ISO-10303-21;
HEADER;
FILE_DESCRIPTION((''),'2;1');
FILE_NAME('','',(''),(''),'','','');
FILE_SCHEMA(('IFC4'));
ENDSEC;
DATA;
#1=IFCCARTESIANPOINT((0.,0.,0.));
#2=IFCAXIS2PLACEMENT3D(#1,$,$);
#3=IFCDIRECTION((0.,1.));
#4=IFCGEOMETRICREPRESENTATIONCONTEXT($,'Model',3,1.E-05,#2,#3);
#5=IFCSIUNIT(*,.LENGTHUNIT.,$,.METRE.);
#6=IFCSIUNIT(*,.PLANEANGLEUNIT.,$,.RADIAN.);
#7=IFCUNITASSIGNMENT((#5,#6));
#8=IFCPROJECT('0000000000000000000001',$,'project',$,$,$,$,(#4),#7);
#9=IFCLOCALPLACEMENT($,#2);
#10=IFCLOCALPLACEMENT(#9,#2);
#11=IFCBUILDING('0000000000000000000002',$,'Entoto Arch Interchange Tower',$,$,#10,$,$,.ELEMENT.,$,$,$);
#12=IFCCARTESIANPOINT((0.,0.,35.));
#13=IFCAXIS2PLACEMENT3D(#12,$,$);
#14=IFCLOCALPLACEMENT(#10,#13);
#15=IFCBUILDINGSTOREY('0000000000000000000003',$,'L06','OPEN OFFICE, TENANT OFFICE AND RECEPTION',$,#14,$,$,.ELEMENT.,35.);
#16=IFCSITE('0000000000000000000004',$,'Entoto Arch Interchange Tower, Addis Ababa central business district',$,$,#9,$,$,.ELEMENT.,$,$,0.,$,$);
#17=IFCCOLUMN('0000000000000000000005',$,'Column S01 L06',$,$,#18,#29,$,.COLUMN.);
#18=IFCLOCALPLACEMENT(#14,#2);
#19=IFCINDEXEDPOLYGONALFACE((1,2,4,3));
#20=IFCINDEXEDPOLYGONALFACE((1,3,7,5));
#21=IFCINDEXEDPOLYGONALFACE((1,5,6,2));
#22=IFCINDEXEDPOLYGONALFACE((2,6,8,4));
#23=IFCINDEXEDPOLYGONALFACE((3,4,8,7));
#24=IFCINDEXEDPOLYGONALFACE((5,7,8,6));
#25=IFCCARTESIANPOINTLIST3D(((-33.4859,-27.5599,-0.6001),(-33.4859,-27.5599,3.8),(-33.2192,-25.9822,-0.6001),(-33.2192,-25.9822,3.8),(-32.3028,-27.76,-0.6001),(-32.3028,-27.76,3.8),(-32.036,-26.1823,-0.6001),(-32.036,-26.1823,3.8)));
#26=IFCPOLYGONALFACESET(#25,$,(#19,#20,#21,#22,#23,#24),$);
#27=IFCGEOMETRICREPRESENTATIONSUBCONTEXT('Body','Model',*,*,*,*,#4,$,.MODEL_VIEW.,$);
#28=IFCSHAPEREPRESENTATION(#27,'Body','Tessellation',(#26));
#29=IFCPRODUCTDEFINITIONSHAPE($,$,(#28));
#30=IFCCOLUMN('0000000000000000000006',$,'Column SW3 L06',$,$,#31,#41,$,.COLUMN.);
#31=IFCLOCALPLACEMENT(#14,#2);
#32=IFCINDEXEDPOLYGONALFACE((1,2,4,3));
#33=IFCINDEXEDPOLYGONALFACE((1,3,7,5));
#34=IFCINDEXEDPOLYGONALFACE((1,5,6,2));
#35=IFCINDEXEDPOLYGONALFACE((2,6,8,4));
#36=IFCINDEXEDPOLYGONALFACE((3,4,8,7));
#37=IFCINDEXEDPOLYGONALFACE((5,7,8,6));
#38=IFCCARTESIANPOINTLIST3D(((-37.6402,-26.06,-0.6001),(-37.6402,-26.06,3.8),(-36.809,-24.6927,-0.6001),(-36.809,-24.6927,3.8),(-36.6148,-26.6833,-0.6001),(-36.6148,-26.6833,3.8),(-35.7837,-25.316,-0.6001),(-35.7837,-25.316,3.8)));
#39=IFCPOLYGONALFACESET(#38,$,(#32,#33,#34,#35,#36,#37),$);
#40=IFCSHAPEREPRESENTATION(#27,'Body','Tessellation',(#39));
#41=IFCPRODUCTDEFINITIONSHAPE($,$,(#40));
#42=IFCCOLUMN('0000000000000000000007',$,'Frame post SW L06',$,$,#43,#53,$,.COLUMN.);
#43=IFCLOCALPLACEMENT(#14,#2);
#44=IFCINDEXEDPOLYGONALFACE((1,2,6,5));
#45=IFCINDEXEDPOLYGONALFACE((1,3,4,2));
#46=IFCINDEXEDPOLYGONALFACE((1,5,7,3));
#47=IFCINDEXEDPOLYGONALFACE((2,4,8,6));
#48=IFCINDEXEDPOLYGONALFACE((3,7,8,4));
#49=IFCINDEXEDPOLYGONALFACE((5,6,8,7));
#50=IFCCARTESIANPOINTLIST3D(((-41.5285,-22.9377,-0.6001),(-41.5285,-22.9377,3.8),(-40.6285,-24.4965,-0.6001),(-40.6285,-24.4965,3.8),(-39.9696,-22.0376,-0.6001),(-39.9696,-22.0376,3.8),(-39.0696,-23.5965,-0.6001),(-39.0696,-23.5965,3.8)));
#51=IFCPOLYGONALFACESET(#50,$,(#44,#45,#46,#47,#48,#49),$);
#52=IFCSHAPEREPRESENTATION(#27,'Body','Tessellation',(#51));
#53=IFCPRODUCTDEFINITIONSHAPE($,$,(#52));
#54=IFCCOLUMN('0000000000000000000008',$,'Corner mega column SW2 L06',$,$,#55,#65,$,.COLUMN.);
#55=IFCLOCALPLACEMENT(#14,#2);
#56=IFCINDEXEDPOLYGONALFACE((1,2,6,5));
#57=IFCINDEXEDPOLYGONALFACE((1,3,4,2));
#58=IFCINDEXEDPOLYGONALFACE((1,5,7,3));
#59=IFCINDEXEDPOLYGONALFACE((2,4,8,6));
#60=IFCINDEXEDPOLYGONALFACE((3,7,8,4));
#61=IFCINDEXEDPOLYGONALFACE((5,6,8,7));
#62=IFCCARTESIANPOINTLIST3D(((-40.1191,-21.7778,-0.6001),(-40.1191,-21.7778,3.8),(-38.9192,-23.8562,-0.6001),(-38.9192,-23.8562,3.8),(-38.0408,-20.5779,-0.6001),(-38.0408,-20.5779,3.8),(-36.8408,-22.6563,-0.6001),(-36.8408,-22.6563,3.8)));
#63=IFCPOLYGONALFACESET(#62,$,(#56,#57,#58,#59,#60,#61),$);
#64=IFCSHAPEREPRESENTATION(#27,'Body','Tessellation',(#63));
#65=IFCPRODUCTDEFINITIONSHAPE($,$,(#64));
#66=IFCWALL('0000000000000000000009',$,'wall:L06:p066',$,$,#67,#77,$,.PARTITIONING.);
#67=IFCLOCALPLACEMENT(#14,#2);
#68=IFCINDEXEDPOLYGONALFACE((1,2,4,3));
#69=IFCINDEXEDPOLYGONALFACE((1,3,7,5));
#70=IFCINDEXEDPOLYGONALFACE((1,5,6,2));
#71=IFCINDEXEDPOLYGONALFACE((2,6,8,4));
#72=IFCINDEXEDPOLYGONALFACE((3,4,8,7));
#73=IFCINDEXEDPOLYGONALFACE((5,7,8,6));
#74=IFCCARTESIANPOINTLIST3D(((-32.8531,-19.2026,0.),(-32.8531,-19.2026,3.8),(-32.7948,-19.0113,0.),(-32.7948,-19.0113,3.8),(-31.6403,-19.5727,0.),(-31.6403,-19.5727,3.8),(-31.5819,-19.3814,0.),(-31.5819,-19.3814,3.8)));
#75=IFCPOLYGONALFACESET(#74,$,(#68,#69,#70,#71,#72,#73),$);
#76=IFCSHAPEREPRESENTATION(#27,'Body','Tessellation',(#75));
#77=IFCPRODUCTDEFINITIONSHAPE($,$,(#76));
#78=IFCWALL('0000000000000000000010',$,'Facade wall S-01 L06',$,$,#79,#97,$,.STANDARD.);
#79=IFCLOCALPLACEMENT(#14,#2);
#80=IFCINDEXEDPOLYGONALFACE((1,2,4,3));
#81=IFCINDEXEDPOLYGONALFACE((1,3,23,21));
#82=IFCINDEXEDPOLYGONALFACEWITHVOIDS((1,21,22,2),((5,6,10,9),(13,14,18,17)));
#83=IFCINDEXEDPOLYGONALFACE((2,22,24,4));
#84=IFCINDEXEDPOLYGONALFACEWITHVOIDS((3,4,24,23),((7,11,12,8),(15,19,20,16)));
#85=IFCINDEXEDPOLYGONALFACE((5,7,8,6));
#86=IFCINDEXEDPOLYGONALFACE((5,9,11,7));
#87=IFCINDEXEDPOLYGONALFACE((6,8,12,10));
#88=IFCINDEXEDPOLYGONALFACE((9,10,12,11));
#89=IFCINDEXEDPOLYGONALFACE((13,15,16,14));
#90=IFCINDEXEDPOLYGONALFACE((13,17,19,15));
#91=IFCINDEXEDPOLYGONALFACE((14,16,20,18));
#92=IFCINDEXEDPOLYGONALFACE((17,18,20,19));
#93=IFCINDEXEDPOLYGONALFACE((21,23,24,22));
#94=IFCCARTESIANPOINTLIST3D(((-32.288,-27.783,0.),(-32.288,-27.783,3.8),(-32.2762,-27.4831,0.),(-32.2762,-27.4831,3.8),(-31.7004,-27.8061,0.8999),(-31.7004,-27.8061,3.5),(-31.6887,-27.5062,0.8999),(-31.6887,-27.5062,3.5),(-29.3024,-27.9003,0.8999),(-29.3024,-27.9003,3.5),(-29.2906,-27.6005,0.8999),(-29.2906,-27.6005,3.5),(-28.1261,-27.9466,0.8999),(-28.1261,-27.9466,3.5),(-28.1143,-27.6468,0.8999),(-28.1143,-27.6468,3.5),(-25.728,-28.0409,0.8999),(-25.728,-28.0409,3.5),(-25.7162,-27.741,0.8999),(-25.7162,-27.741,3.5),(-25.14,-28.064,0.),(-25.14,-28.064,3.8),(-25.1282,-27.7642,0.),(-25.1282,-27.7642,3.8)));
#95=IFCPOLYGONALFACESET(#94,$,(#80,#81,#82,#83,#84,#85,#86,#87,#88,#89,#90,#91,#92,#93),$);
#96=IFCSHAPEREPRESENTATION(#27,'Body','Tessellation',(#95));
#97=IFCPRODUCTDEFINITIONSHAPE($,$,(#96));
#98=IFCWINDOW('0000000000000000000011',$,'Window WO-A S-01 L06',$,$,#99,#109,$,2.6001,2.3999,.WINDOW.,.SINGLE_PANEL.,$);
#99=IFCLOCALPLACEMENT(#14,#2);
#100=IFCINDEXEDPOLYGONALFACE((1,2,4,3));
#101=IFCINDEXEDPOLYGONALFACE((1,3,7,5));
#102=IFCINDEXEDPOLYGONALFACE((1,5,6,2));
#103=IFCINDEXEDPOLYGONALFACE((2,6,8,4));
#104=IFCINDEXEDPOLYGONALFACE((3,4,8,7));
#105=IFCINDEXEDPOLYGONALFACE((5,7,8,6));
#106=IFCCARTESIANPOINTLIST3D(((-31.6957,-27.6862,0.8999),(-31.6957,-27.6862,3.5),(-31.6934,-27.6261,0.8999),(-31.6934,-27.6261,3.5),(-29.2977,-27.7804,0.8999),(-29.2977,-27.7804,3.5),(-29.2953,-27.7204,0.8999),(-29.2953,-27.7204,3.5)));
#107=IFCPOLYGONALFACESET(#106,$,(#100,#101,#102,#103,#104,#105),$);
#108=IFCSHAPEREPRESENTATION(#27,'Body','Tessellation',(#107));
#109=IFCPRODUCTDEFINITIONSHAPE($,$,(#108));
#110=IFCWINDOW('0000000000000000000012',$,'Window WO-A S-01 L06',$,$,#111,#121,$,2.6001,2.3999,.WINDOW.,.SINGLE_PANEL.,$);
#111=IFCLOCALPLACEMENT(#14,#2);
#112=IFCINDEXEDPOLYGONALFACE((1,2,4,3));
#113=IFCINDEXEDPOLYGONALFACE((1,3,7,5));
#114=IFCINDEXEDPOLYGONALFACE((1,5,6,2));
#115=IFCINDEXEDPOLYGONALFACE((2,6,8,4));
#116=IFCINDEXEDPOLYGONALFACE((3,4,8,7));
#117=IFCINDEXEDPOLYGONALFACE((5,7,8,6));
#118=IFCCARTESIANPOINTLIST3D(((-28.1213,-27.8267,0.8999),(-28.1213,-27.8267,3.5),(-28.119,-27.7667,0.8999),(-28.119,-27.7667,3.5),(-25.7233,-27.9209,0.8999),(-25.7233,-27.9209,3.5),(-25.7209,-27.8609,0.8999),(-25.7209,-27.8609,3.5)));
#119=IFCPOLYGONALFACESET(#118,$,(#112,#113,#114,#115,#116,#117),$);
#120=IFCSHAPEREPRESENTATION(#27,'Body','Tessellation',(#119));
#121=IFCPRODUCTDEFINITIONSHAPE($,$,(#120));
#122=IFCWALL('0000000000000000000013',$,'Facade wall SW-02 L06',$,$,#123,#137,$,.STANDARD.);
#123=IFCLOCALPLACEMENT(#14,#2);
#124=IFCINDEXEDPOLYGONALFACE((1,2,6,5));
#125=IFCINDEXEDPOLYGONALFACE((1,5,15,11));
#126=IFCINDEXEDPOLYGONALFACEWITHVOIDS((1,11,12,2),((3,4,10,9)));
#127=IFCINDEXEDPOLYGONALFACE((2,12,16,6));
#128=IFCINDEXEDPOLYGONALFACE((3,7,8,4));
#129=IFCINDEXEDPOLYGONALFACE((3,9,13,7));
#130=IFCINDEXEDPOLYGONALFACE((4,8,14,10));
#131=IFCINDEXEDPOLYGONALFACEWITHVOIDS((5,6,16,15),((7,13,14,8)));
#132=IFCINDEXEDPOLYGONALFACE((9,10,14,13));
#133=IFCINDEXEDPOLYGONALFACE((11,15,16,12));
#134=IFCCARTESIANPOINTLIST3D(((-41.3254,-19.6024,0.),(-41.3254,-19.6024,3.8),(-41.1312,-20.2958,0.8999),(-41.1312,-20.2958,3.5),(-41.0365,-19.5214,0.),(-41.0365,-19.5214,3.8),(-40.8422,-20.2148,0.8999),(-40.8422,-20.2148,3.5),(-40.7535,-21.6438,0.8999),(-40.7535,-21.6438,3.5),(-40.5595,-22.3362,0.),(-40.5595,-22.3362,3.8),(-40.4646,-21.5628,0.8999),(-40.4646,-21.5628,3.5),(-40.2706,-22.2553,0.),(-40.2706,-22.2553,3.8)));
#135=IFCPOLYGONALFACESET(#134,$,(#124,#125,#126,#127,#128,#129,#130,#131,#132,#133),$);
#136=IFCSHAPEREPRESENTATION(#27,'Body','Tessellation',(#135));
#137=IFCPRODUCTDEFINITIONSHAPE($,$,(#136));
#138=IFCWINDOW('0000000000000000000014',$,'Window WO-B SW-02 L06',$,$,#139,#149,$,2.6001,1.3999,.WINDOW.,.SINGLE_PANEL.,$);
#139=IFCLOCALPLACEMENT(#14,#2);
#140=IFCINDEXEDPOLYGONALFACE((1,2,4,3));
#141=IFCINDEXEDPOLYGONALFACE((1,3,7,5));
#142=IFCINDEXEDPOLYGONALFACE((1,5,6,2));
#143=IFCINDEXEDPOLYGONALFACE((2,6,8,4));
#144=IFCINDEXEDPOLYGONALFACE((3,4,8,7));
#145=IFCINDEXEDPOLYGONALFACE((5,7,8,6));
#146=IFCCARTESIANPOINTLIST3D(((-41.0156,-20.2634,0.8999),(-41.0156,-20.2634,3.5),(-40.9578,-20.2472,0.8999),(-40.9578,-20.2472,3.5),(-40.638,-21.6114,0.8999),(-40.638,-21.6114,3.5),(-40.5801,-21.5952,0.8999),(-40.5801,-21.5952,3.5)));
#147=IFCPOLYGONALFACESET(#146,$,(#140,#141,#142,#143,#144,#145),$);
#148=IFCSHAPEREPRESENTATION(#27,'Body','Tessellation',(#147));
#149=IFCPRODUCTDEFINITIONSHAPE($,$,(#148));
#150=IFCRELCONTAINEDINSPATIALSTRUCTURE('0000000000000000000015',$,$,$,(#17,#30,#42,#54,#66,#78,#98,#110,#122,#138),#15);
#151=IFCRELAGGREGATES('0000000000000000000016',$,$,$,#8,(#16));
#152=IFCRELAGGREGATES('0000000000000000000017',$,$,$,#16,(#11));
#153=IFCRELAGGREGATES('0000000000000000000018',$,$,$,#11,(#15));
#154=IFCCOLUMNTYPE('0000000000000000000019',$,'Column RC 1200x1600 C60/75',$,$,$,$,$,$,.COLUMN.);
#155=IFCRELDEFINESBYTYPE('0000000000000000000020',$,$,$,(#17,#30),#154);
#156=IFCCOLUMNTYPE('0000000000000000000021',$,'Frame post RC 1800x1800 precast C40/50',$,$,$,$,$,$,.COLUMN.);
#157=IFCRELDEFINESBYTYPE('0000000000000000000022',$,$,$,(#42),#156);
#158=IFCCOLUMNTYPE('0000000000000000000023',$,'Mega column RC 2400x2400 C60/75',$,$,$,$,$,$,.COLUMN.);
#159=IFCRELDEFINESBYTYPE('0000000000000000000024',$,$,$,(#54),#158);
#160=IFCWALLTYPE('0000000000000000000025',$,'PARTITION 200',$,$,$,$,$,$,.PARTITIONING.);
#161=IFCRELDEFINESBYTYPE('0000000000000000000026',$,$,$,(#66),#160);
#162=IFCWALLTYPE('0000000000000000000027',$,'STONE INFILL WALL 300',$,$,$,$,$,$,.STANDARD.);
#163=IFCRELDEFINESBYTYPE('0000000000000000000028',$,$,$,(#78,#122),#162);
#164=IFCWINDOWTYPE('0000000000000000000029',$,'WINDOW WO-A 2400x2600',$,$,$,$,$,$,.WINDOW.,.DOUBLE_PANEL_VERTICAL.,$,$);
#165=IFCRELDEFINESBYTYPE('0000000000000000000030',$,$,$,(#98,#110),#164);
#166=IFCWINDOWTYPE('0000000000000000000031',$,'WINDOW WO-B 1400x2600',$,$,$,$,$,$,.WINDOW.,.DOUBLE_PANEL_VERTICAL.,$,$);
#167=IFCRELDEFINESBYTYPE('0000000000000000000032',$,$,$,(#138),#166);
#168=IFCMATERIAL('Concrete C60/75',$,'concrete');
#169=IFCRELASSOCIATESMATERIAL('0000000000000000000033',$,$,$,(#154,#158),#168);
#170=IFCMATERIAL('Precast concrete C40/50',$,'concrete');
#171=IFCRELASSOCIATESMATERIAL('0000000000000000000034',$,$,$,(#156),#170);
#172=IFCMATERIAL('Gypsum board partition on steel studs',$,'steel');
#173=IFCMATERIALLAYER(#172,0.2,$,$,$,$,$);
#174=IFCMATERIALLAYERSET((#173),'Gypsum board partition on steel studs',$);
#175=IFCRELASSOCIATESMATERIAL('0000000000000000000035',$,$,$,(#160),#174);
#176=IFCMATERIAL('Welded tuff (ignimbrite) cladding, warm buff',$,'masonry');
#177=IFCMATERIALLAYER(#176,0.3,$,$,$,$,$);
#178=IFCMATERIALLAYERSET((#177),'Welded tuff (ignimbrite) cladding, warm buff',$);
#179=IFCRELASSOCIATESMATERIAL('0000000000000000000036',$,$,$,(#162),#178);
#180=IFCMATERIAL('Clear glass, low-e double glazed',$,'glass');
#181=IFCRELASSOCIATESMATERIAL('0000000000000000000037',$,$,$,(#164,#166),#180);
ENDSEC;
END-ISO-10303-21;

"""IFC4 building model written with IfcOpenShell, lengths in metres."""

from ifc_helpers import new_model, si_unit, direction, frame, frame_2d, origin, origin_2d, place, context, subcontext, project, spatial, rectangle, extrude, material, layer, layer_set, material_profile, profile_set, type_object, element, fill, save


model = new_model("IFC4")

# Units and contexts
model_context = context("Model", 3, precision=1e-05, world=origin(), true_north=direction((0.0, 1.0)))
body_context = subcontext(model_context, "Body", "Model", "MODEL_VIEW")
ifc_project = project(units=[si_unit("LENGTHUNIT", "METRE"), si_unit("PLANEANGLEUNIT", "RADIAN")], contexts=[model_context])

# Site, building, storey
site_placement = place(None, origin())
site = spatial("IfcSite", under=ifc_project, at=site_placement, Name="Entoto Arch Interchange Tower, Addis Ababa central business district", CompositionType="ELEMENT", RefElevation=0.0)
building_placement = place(site_placement, origin())
building = spatial("IfcBuilding", under=site, at=building_placement, Name="Entoto Arch Interchange Tower", CompositionType="ELEMENT")
storey_placement = place(building_placement, frame((0.0, 0.0, 35.0)))
storey = spatial("IfcBuildingStorey", under=building, at=storey_placement, Name="L06", Description="OPEN OFFICE, TENANT OFFICE AND RECEPTION", CompositionType="ELEMENT", Elevation=35.0)

# Columns
ifc_material_1 = material(Name="Concrete C60/75", Category="concrete")
ifc_material_profile_1 = material_profile(ifc_material_1, rectangle(XDim=1.2, YDim=1.6001, at=origin_2d()))
ifc_profile_set_1 = profile_set([ifc_material_profile_1], Name="Concrete C60/75")
column_type_1 = type_object("IfcColumnType", Name="Column RC 1200x1600 C60/75", PredefinedType="COLUMN", material=ifc_profile_set_1)
for number, where, z_axis, x_axis, name in (
    (1, (-32.761, -26.8711, -0.6001), (0.0, 0.0, 1.0), (-0.986005, 0.166717, 0.0), "Column S01 L06"),
    (2, (-36.7119, -25.688, -0.6001), (0.0, 0.0, 1.0), (-0.854522, 0.519415, 0.0), "Column SW3 L06"),
):
    element("IfcColumn", number, at=place(storey_placement, frame(where, z_axis=z_axis, x_axis=x_axis)), inside=storey, type_object=column_type_1, Name=name, PredefinedType="COLUMN", context=body_context, shape_type="SweptSolid", body=[
        extrude(rectangle(XDim=1.2, YDim=1.6001, at=origin_2d()), origin(), (0.0, 0.0, 1.0), 4.4001),
    ])
ifc_material_2 = material(Name="Precast concrete C40/50", Category="concrete")
ifc_material_profile_2 = material_profile(ifc_material_2, rectangle(XDim=1.8, YDim=1.8, at=origin_2d()))
ifc_profile_set_2 = profile_set([ifc_material_profile_2], Name="Precast concrete C40/50")
column_type_2 = type_object("IfcColumnType", Name="Frame post RC 1800x1800 precast C40/50", PredefinedType="COLUMN", material=ifc_profile_set_2)
column_1_placement = place(storey_placement, frame((-40.2991, -23.2671, -0.6001), z_axis=(0.0, 0.0, 1.0), x_axis=(0.866025, 0.5, 0.0)))
element("IfcColumn", 3, at=column_1_placement, inside=storey, type_object=column_type_2, Name="Frame post SW L06", PredefinedType="COLUMN", context=body_context, shape_type="SweptSolid", body=[
    extrude(rectangle(XDim=1.8, YDim=1.8, at=origin_2d()), origin(), (0.0, 0.0, 1.0), 4.4001),
])
ifc_material_profile_3 = material_profile(ifc_material_1, rectangle(XDim=2.3999, YDim=2.3999, at=origin_2d()))
ifc_profile_set_3 = profile_set([ifc_material_profile_3], Name="Concrete C60/75")
column_type_3 = type_object("IfcColumnType", Name="Mega column RC 2400x2400 C60/75", PredefinedType="COLUMN", material=ifc_profile_set_3)
column_2_placement = place(storey_placement, frame((-38.48, -22.217, -0.6001), z_axis=(0.0, 0.0, 1.0), x_axis=(0.866025, 0.5, 0.0)))
element("IfcColumn", 4, at=column_2_placement, inside=storey, type_object=column_type_3, Name="Corner mega column SW2 L06", PredefinedType="COLUMN", context=body_context, shape_type="SweptSolid", body=[
    extrude(rectangle(XDim=2.3999, YDim=2.3999, at=origin_2d()), origin(), (0.0, 0.0, 1.0), 4.4001),
])

# Wall
ifc_material_3 = material(Name="Gypsum board partition on steel studs", Category="steel")
ifc_layer_1 = layer(ifc_material_3, 0.2)
ifc_layer_set_1 = layer_set([ifc_layer_1], Name="Gypsum board partition on steel studs")
wall_type_1 = type_object("IfcWallType", Name="PARTITION 200", PredefinedType="PARTITIONING", material=ifc_layer_set_1)
wall_1_placement = place(storey_placement, frame((-31.6111, -19.4771, 0.0), z_axis=(0.0, 0.0, 1.0), x_axis=(-0.956459, 0.291866, 0.0)))
element("IfcWall", 5, at=wall_1_placement, inside=storey, type_object=wall_type_1, Name="wall:L06:p066", PredefinedType="PARTITIONING", context=body_context, shape_type="SweptSolid", body=[
    extrude(rectangle(XDim=1.2681, YDim=0.2, at=frame_2d((0.634, 0.0))), origin(), (0.0, 0.0, 1.0), 3.8),
])

# Wall, openings, windows
ifc_material_4 = material(Name="Welded tuff (ignimbrite) cladding, warm buff", Category="masonry")
ifc_layer_2 = layer(ifc_material_4, 0.3)
ifc_layer_set_2 = layer_set([ifc_layer_2], Name="Welded tuff (ignimbrite) cladding, warm buff")
wall_type_2 = type_object("IfcWallType", Name="STONE INFILL WALL 300", PredefinedType="STANDARD", material=ifc_layer_set_2)
wall_2_placement = place(storey_placement, frame((-32.282, -27.6331, 0.0), z_axis=(0.0, 0.0, 1.0), x_axis=(0.999228, -0.039282, 0.0)))
wall_2 = element("IfcWall", 6, at=wall_2_placement, inside=storey, type_object=wall_type_2, Name="Facade wall S-01 L06", PredefinedType="STANDARD", context=body_context, shape_type="SweptSolid", body=[
    extrude(rectangle(XDim=7.1536, YDim=0.3, at=frame_2d((3.5767, 0.0))), origin(), (0.0, 0.0, 1.0), 3.8),
])
opening_1_placement = place(wall_2_placement, frame((0.5879, 0.0, 0.8999)))
opening_1 = element("IfcOpeningElement", 7, at=opening_1_placement, cuts=wall_2, PredefinedType="OPENING", context=body_context, shape_type="SweptSolid", body=[
    extrude(rectangle(XDim=2.3999, YDim=2.6001, at=frame_2d((1.2, 1.3))), frame((0.0, 0.1602, 0.0), z_axis=(0.0, -1.0, 0.0), x_axis=(1.0, 0.0, 0.0)), (0.0, 0.0, 1.0), 0.3201),
])
opening_2_placement = place(wall_2_placement, frame((4.165, 0.0, 0.8999)))
opening_2 = element("IfcOpeningElement", 8, at=opening_2_placement, cuts=wall_2, PredefinedType="OPENING", context=body_context, shape_type="SweptSolid", body=[
    extrude(rectangle(XDim=2.3999, YDim=2.6001, at=frame_2d((1.2, 1.3))), frame((0.0, 0.1602, 0.0), z_axis=(0.0, -1.0, 0.0), x_axis=(1.0, 0.0, 0.0)), (0.0, 0.0, 1.0), 0.3201),
])
ifc_material_5 = material(Name="Clear glass, low-e double glazed", Category="glass")
window_type_1 = type_object("IfcWindowType", Name="WINDOW WO-A 2400x2600", PartitioningType="DOUBLE_PANEL_VERTICAL", PredefinedType="WINDOW", material=ifc_material_5)
window_1_placement = place(opening_1_placement, origin())
window_1 = element("IfcWindow", 9, at=window_1_placement, inside=storey, type_object=window_type_1, Name="Window WO-A S-01 L06", OverallHeight=2.6001, OverallWidth=2.3999, PartitioningType="SINGLE_PANEL", PredefinedType="WINDOW", context=body_context, shape_type="SweptSolid", body=[
    extrude(rectangle(XDim=2.3999, YDim=2.6001, at=frame_2d((1.2, 1.3))), frame((0.0, 0.03, 0.0), z_axis=(0.0, -1.0, 0.0), x_axis=(1.0, 0.0, 0.0)), (0.0, 0.0, 1.0), 0.0601),
])
fill(opening_1, window_1)
window_2_placement = place(opening_2_placement, origin())
window_2 = element("IfcWindow", 10, at=window_2_placement, inside=storey, type_object=window_type_1, Name="Window WO-A S-01 L06", OverallHeight=2.6001, OverallWidth=2.3999, PartitioningType="SINGLE_PANEL", PredefinedType="WINDOW", context=body_context, shape_type="SweptSolid", body=[
    extrude(rectangle(XDim=2.3999, YDim=2.6001, at=frame_2d((1.2, 1.3))), frame((0.0, 0.03, 0.0), z_axis=(0.0, -1.0, 0.0), x_axis=(1.0, 0.0, 0.0)), (0.0, 0.0, 1.0), 0.0601),
])
fill(opening_2, window_2)

# Wall, opening, window
wall_3_placement = place(storey_placement, frame((-41.1809, -19.562, 0.0), z_axis=(0.0, 0.0, 1.0), x_axis=(0.269754, -0.962929, 0.0)))
wall_3 = element("IfcWall", 11, at=wall_3_placement, inside=storey, type_object=wall_type_2, Name="Facade wall SW-02 L06", PredefinedType="STANDARD", context=body_context, shape_type="SweptSolid", body=[
    extrude(rectangle(XDim=2.8391, YDim=0.3, at=frame_2d((1.4194, 0.0))), origin(), (0.0, 0.0, 1.0), 3.8),
])
opening_3_placement = place(wall_3_placement, frame((0.72, 0.0, 0.8999)))
opening_3 = element("IfcOpeningElement", 12, at=opening_3_placement, cuts=wall_3, PredefinedType="OPENING", context=body_context, shape_type="SweptSolid", body=[
    extrude(rectangle(XDim=1.3999, YDim=2.6001, at=frame_2d((0.7, 1.3))), frame((0.0, 0.1602, 0.0), z_axis=(0.0, -1.0, 0.0), x_axis=(1.0, 0.0, 0.0)), (0.0, 0.0, 1.0), 0.3201),
])
window_type_2 = type_object("IfcWindowType", Name="WINDOW WO-B 1400x2600", PartitioningType="DOUBLE_PANEL_VERTICAL", PredefinedType="WINDOW", material=ifc_material_5)
window_3_placement = place(opening_3_placement, origin())
window_3 = element("IfcWindow", 13, at=window_3_placement, inside=storey, type_object=window_type_2, Name="Window WO-B SW-02 L06", OverallHeight=2.6001, OverallWidth=1.3999, PartitioningType="SINGLE_PANEL", PredefinedType="WINDOW", context=body_context, shape_type="SweptSolid", body=[
    extrude(rectangle(XDim=1.3999, YDim=2.6001, at=frame_2d((0.7, 1.3))), frame((0.0, 0.03, 0.0), z_axis=(0.0, -1.0, 0.0), x_axis=(1.0, 0.0, 0.0)), (0.0, 0.0, 1.0), 0.0601),
])
fill(opening_3, window_3)

save(model, "model.ifc")
